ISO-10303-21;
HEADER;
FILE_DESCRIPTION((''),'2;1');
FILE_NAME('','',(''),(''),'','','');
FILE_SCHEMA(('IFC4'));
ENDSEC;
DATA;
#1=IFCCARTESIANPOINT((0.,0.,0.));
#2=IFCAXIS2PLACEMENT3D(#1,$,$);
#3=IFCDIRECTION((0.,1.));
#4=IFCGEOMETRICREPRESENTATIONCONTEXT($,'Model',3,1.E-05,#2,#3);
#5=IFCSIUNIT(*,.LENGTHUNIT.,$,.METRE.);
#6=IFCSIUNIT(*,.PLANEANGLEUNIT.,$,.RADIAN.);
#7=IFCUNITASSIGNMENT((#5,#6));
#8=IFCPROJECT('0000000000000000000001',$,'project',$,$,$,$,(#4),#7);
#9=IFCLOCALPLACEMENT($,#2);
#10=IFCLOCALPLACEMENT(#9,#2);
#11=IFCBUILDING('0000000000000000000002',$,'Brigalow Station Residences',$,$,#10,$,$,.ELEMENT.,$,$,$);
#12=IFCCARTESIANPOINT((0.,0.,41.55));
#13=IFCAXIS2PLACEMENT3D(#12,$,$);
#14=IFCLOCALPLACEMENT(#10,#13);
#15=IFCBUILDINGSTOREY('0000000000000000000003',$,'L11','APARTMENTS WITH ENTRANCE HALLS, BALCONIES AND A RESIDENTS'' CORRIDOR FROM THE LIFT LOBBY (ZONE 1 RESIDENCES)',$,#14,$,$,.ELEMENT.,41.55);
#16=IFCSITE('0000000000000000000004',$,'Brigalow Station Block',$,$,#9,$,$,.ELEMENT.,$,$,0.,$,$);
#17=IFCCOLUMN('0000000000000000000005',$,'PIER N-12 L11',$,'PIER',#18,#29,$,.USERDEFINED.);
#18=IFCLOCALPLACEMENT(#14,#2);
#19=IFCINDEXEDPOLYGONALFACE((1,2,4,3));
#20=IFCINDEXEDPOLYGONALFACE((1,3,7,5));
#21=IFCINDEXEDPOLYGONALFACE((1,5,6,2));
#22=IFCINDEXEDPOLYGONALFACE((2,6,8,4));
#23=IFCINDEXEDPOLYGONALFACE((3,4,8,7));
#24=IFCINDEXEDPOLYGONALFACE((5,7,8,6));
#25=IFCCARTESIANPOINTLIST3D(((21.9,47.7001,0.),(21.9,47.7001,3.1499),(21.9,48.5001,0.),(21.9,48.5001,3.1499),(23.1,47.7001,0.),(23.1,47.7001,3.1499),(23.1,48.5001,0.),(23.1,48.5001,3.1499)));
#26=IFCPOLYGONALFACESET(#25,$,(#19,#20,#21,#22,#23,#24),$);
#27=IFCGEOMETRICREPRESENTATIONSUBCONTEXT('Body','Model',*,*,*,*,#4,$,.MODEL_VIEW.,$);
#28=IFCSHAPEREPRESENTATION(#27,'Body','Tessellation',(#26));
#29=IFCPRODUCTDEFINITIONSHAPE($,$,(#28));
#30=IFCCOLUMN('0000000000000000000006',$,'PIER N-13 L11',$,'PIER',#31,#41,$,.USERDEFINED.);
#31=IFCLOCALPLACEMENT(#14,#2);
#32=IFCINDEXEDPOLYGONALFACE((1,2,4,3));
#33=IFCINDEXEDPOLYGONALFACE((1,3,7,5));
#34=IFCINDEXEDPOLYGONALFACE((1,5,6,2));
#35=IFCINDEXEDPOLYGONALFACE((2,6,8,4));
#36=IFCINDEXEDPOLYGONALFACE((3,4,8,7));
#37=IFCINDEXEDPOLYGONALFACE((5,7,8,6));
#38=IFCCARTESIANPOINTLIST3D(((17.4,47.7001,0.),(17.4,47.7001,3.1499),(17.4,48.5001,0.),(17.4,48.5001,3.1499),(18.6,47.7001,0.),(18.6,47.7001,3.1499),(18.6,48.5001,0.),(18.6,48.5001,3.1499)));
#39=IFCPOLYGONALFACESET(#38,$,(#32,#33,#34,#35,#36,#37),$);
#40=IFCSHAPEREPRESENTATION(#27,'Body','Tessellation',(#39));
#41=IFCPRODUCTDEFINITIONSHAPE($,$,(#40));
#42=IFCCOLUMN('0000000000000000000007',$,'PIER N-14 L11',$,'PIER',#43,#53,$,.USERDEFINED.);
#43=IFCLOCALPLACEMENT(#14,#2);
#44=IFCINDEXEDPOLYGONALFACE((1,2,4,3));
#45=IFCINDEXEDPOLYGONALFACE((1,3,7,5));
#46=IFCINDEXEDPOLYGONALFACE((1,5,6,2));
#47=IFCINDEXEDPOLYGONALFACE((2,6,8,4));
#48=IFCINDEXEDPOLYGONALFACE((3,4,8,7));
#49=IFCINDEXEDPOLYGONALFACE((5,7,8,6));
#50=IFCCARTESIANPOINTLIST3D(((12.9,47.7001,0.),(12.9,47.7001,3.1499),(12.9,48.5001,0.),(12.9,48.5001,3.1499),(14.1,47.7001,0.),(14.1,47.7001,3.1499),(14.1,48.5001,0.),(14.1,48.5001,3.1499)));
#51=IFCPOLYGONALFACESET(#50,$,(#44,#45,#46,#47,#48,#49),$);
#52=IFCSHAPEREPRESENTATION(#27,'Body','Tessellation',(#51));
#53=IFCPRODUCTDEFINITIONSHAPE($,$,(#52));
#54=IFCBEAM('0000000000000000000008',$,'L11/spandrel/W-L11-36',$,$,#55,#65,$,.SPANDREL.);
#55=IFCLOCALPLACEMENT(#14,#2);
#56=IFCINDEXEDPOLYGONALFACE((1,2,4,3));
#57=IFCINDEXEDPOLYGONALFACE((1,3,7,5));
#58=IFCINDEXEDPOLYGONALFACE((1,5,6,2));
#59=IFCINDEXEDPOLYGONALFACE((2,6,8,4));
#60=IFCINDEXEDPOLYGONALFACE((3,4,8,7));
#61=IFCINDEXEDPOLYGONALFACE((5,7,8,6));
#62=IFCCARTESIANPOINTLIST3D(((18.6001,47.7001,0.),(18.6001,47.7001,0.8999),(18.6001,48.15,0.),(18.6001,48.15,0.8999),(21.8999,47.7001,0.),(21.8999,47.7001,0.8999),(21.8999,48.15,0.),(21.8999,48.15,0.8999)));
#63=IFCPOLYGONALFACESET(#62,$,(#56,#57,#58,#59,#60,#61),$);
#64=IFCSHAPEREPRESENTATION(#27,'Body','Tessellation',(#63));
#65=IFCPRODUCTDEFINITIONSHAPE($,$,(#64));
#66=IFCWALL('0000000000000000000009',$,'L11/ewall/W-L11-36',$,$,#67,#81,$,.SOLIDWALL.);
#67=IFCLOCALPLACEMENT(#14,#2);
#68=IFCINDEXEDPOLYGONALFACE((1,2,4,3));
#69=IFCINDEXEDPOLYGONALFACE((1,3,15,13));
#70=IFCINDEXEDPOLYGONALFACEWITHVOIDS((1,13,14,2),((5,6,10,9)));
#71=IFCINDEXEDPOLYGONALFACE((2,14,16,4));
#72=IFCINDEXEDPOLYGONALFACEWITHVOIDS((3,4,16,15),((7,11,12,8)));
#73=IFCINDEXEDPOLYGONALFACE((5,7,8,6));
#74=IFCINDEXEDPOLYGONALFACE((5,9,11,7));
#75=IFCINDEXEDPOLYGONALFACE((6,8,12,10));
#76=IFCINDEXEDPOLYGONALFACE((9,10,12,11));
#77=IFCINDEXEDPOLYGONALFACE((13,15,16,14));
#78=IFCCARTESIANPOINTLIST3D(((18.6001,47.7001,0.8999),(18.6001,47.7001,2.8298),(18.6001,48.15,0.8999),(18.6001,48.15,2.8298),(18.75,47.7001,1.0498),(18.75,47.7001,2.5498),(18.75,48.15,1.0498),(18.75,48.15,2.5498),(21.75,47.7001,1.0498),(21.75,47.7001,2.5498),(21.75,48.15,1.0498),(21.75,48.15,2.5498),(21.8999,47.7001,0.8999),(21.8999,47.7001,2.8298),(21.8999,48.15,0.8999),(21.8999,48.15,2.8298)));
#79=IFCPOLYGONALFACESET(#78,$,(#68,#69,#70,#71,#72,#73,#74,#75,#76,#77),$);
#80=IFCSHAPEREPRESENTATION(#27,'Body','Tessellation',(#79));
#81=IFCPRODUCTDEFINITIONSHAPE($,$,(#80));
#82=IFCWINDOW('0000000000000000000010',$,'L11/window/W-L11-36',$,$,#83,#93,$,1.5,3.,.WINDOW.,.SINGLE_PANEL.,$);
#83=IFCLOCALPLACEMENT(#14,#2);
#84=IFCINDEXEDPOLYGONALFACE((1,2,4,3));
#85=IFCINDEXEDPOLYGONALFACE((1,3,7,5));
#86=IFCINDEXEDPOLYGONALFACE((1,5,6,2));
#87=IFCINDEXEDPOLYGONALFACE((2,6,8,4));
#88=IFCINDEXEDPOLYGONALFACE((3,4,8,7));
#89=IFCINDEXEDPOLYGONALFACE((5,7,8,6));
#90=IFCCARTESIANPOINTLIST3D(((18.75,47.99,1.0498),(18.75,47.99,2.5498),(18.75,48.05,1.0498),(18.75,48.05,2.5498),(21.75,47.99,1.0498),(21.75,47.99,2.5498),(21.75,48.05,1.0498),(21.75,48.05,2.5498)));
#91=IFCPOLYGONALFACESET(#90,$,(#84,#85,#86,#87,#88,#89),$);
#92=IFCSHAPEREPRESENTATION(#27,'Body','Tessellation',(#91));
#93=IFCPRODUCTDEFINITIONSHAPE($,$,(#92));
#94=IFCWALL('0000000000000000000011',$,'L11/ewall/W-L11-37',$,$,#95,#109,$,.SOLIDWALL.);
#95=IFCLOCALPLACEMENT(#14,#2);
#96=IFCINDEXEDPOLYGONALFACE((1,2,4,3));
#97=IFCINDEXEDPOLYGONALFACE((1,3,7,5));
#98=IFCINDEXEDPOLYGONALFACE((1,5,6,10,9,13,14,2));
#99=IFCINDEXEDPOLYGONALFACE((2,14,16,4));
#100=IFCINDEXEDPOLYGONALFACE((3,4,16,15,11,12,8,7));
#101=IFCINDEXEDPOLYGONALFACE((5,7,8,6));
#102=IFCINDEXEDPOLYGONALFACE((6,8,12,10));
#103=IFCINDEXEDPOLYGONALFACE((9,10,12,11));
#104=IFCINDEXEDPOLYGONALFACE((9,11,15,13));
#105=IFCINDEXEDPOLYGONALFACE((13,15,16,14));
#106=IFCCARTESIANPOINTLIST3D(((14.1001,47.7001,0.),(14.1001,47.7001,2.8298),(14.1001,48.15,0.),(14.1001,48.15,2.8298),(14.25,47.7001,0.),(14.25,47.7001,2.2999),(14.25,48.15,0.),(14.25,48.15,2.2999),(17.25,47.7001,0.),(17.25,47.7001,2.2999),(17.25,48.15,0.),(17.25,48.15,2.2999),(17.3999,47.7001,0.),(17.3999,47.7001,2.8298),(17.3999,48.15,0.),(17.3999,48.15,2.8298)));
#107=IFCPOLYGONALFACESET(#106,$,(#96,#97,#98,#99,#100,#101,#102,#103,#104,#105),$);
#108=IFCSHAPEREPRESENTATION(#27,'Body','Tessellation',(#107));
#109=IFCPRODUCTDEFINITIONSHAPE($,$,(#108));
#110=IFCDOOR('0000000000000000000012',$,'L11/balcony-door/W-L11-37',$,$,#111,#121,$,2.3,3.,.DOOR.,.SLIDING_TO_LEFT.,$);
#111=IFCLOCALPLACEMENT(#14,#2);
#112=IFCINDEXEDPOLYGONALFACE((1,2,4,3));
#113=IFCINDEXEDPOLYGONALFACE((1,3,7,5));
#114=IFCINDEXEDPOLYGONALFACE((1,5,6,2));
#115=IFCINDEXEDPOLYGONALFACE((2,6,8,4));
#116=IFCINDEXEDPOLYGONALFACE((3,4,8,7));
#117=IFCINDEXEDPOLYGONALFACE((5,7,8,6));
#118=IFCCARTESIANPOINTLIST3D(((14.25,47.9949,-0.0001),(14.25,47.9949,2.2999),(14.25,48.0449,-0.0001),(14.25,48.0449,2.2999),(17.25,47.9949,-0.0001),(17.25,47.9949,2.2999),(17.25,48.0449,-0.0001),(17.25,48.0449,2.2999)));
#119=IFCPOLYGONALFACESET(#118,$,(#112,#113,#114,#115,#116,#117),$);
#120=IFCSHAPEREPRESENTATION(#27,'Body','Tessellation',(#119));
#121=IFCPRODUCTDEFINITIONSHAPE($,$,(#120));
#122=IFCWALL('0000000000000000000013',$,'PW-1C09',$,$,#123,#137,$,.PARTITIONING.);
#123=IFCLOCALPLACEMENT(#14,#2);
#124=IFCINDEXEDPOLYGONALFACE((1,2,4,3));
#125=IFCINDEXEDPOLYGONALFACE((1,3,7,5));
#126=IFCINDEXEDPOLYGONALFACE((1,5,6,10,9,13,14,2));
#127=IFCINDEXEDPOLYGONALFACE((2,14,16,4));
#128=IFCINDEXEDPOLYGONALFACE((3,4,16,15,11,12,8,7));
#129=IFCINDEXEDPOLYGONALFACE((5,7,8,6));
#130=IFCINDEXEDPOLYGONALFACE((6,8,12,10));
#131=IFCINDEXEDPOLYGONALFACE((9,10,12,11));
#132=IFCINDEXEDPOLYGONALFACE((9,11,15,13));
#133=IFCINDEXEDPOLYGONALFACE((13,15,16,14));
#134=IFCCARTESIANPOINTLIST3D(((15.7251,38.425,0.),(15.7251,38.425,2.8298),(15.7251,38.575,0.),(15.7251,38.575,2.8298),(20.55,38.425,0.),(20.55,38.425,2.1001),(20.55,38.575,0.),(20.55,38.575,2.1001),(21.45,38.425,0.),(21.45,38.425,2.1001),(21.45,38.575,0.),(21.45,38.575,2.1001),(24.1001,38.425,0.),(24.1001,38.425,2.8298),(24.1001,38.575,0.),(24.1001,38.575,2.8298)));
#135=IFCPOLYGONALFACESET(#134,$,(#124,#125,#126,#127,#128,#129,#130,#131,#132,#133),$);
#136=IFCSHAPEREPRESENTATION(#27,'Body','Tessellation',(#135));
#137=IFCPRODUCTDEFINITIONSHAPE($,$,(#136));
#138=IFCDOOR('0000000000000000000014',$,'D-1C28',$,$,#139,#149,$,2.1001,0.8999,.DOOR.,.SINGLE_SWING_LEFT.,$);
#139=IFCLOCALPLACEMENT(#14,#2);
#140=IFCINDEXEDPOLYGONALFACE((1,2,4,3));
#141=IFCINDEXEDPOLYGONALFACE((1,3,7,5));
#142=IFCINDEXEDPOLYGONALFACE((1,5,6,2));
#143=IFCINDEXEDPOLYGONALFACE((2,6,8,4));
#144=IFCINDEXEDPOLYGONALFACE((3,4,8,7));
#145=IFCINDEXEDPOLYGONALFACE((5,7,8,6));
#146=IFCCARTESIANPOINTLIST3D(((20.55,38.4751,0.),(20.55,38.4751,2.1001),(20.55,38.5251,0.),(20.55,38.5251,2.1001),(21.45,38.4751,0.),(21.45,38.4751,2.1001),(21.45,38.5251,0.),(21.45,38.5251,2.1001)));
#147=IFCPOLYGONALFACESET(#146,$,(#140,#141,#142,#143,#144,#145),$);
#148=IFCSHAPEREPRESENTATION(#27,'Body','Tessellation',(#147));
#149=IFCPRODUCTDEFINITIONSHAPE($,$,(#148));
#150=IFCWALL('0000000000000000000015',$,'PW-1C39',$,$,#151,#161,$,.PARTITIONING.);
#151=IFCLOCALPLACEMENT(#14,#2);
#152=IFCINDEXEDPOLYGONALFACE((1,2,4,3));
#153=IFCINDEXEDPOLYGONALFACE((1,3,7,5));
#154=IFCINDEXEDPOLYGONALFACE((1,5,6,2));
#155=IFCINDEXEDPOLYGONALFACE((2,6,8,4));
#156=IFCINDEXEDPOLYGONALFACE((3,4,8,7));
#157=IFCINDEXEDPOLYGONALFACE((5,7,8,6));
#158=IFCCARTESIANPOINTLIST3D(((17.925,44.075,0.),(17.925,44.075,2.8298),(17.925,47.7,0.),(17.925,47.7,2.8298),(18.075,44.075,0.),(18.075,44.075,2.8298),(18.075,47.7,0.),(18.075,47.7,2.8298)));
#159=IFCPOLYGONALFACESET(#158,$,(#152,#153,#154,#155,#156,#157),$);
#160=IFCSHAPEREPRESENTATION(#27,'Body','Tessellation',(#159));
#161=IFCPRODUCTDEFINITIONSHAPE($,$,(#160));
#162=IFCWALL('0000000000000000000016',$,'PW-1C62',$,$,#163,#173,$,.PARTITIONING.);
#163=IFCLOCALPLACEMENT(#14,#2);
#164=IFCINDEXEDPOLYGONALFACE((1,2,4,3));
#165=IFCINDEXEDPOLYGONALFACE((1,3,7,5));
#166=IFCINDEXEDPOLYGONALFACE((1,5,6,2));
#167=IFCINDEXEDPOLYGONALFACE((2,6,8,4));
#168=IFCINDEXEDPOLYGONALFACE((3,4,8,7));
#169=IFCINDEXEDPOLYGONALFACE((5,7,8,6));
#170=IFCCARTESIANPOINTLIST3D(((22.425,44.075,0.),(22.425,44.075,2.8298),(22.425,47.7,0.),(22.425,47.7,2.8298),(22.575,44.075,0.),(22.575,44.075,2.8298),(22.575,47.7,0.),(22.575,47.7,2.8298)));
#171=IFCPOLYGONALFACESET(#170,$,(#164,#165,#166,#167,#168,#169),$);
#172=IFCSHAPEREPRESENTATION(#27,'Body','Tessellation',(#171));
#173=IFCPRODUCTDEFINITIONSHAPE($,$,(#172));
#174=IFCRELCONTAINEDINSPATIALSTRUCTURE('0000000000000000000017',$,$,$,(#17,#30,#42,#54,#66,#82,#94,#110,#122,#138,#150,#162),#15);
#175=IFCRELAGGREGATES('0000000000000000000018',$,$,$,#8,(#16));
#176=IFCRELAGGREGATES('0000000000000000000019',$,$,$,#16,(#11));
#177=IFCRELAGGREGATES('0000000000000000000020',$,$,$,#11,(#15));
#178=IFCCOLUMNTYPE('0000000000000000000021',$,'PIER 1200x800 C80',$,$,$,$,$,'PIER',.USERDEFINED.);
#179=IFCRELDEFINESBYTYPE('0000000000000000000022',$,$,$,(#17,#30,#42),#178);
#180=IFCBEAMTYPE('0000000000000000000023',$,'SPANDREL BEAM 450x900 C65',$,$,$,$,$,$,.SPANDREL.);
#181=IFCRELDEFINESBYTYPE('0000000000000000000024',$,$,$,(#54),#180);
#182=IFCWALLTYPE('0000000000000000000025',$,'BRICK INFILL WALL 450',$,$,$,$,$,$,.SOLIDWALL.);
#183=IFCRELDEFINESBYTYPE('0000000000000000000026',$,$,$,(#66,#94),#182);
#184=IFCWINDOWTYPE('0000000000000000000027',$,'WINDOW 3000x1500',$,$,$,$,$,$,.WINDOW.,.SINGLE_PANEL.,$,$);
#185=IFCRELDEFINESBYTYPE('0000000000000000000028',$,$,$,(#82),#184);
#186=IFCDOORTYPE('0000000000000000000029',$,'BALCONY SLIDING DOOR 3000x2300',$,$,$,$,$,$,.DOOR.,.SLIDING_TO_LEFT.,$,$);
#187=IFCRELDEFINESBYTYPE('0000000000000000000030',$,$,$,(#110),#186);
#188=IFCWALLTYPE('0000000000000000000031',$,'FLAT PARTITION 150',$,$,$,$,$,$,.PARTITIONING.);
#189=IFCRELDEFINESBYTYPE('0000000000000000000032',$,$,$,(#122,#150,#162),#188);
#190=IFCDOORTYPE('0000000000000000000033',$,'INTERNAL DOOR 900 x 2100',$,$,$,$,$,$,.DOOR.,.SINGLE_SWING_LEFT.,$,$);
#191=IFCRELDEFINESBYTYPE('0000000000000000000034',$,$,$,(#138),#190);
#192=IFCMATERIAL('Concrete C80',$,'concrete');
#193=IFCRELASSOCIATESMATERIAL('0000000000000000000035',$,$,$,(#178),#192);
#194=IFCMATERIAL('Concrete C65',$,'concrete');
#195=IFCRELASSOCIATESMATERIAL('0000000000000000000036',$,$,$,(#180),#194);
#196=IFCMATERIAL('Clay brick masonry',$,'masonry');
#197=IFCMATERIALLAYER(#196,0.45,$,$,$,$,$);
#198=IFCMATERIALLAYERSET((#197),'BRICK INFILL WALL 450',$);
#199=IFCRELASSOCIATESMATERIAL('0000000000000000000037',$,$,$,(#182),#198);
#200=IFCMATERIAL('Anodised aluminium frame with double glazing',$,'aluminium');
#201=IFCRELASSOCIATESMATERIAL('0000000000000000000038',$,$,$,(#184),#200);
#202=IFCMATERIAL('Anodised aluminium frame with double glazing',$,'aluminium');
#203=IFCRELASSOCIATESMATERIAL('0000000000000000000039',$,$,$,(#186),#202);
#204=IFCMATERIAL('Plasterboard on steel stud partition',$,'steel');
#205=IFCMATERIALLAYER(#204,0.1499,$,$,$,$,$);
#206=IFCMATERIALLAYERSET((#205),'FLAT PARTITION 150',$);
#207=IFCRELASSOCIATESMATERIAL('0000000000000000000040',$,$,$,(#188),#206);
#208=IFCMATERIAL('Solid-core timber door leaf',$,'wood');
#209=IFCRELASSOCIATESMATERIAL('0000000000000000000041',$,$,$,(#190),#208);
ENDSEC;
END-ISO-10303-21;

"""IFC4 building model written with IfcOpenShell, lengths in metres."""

from ifc_helpers import new_model, si_unit, direction, frame, frame_2d, origin, origin_2d, place, context, subcontext, project, spatial, rectangle, extrude, material, layer, layer_set, material_profile, profile_set, type_object, element, fill, save


model = new_model("IFC4")

# Units and contexts
model_context = context("Model", 3, precision=1e-05, world=origin(), true_north=direction((0.0, 1.0)))
body_context = subcontext(model_context, "Body", "Model", "MODEL_VIEW")
ifc_project = project(units=[si_unit("LENGTHUNIT", "METRE"), si_unit("PLANEANGLEUNIT", "RADIAN")], contexts=[model_context])

# Site, building, storey
site_placement = place(None, origin())
site = spatial("IfcSite", under=ifc_project, at=site_placement, Name="Brigalow Station Block", CompositionType="ELEMENT", RefElevation=0.0)
building_placement = place(site_placement, origin())
building = spatial("IfcBuilding", under=site, at=building_placement, Name="Brigalow Station Residences", CompositionType="ELEMENT")
storey_placement = place(building_placement, frame((0.0, 0.0, 41.55)))
storey = spatial("IfcBuildingStorey", under=building, at=storey_placement, Name="L11", Description="APARTMENTS WITH ENTRANCE HALLS, BALCONIES AND A RESIDENTS' CORRIDOR FROM THE LIFT LOBBY (ZONE 1 RESIDENCES)", CompositionType="ELEMENT", Elevation=41.55)

# Columns
ifc_material_1 = material(Name="Concrete C80", Category="concrete")
ifc_material_profile_1 = material_profile(ifc_material_1, rectangle(XDim=1.2, YDim=0.8, at=origin_2d()), Name="RC1200x800")
ifc_profile_set_1 = profile_set([ifc_material_profile_1], Name="Concrete C80")
column_type = type_object("IfcColumnType", Name="PIER 1200x800 C80", ElementType="PIER", PredefinedType="USERDEFINED", material=ifc_profile_set_1)
for number, where, z_axis, x_axis, name in (
    (1, (22.5, 48.1001, 0.0), (0.0, 0.0, 1.0), (-1.0, 0.0, 0.0), "PIER N-12 L11"),
    (2, (18.0, 48.1001, 0.0), (0.0, 0.0, 1.0), (-1.0, 0.0, 0.0), "PIER N-13 L11"),
    (3, (13.5, 48.1001, 0.0), (0.0, 0.0, 1.0), (-1.0, 0.0, 0.0), "PIER N-14 L11"),
):
    element("IfcColumn", number, at=place(storey_placement, frame(where, z_axis=z_axis, x_axis=x_axis)), inside=storey, type_object=column_type, Name=name, ObjectType="PIER", PredefinedType="USERDEFINED", context=body_context, shape_type="SweptSolid", body=[
        extrude(rectangle(XDim=1.2, YDim=0.8, at=origin_2d()), origin(), (0.0, 0.0, 1.0), 3.1499),
    ])

# Beam
ifc_material_2 = material(Name="Concrete C65", Category="concrete")
ifc_material_profile_2 = material_profile(ifc_material_2, rectangle(XDim=0.45, YDim=0.8999, at=origin_2d()), Name="RC450x900")
ifc_profile_set_2 = profile_set([ifc_material_profile_2], Name="Concrete C65")
beam_type = type_object("IfcBeamType", Name="SPANDREL BEAM 450x900 C65", PredefinedType="SPANDREL", material=ifc_profile_set_2)
beam_placement = place(storey_placement, frame((21.8999, 47.925, 0.45), z_axis=(-1.0, 0.0, 0.0), x_axis=(0.0, -1.0, 0.0)))
element("IfcBeam", 4, at=beam_placement, inside=storey, type_object=beam_type, Name="L11/spandrel/W-L11-36", PredefinedType="SPANDREL", context=body_context, shape_type="SweptSolid", body=[
    extrude(rectangle(XDim=0.45, YDim=0.8999, at=origin_2d()), origin(), (0.0, 0.0, 1.0), 3.2998),
])

# Wall, opening, window
ifc_material_3 = material(Name="Clay brick masonry", Category="masonry")
ifc_layer_1 = layer(ifc_material_3, 0.45)
ifc_layer_set_1 = layer_set([ifc_layer_1], Name="BRICK INFILL WALL 450")
wall_type_1 = type_object("IfcWallType", Name="BRICK INFILL WALL 450", PredefinedType="SOLIDWALL", material=ifc_layer_set_1)
wall_1_placement = place(storey_placement, frame((21.8999, 47.925, 0.8999), z_axis=(0.0, 0.0, 1.0), x_axis=(-1.0, 0.0, 0.0)))
wall_1 = element("IfcWall", 5, at=wall_1_placement, inside=storey, type_object=wall_type_1, Name="L11/ewall/W-L11-36", PredefinedType="SOLIDWALL", context=body_context, shape_type="SweptSolid", body=[
    extrude(rectangle(XDim=3.2998, YDim=0.45, at=frame_2d((1.6499, 0.0))), origin(), (0.0, 0.0, 1.0), 1.9299),
])
opening_1_placement = place(wall_1_placement, frame((0.1499, 0.0, 0.1499)))
opening_1 = element("IfcOpeningElement", 6, at=opening_1_placement, cuts=wall_1, PredefinedType="OPENING", context=body_context, shape_type="SweptSolid", body=[
    extrude(rectangle(XDim=3.0, YDim=1.5, at=frame_2d((1.5, 0.75))), frame((0.0, 0.2349, 0.0), z_axis=(0.0, -1.0, 0.0), x_axis=(1.0, 0.0, 0.0)), (0.0, 0.0, 1.0), 0.47),
])
ifc_material_4 = material(Name="Anodised aluminium frame with double glazing", Category="aluminium")
window_type = type_object("IfcWindowType", Name="WINDOW 3000x1500", PartitioningType="SINGLE_PANEL", PredefinedType="WINDOW", material=ifc_material_4)
window_placement = place(opening_1_placement, origin())
window = element("IfcWindow", 7, at=window_placement, inside=storey, type_object=window_type, Name="L11/window/W-L11-36", OverallHeight=1.5, OverallWidth=3.0, PartitioningType="SINGLE_PANEL", PredefinedType="WINDOW", context=body_context, shape_type="SweptSolid", body=[
    extrude(rectangle(XDim=3.0, YDim=1.5, at=frame_2d((1.5, 0.75))), frame((0.0, -0.0649, 0.0), z_axis=(0.0, -1.0, 0.0), x_axis=(1.0, 0.0, 0.0)), (0.0, 0.0, 1.0), 0.0601),
])
fill(opening_1, window)

# Walls, openings, doors
wall_2_placement = place(storey_placement, frame((17.3999, 47.925, 0.0), z_axis=(0.0, 0.0, 1.0), x_axis=(-1.0, 0.0, 0.0)))
wall_2 = element("IfcWall", 8, at=wall_2_placement, inside=storey, type_object=wall_type_1, Name="L11/ewall/W-L11-37", PredefinedType="SOLIDWALL", context=body_context, shape_type="SweptSolid", body=[
    extrude(rectangle(XDim=3.2998, YDim=0.45, at=frame_2d((1.6499, 0.0))), origin(), (0.0, 0.0, 1.0), 2.8298),
])
opening_2_placement = place(wall_2_placement, frame((0.1499, 0.0, 0.0)))
opening_2 = element("IfcOpeningElement", 9, at=opening_2_placement, cuts=wall_2, PredefinedType="OPENING", context=body_context, shape_type="SweptSolid", body=[
    extrude(rectangle(XDim=3.0, YDim=2.3, at=frame_2d((1.5, 1.1499))), frame((0.0, 0.2349, 0.0), z_axis=(0.0, -1.0, 0.0), x_axis=(1.0, 0.0, 0.0)), (0.0, 0.0, 1.0), 0.47),
])
ifc_material_5 = material(Name="Anodised aluminium frame with double glazing", Category="aluminium")
door_type_1 = type_object("IfcDoorType", Name="BALCONY SLIDING DOOR 3000x2300", OperationType="SLIDING_TO_LEFT", PredefinedType="DOOR", material=ifc_material_5)
door_1_placement = place(opening_2_placement, origin())
door_1 = element("IfcDoor", 10, at=door_1_placement, inside=storey, type_object=door_type_1, Name="L11/balcony-door/W-L11-37", OperationType="SLIDING_TO_LEFT", OverallHeight=2.3, OverallWidth=3.0, PredefinedType="DOOR", context=body_context, shape_type="SweptSolid", body=[
    extrude(rectangle(XDim=3.0, YDim=2.3, at=frame_2d((1.5, 1.1499))), frame((0.0, -0.0698, 0.0), z_axis=(0.0, -1.0, 0.0), x_axis=(1.0, 0.0, 0.0)), (0.0, 0.0, 1.0), 0.05),
])
fill(opening_2, door_1)
ifc_material_6 = material(Name="Plasterboard on steel stud partition", Category="steel")
ifc_layer_2 = layer(ifc_material_6, 0.1499)
ifc_layer_set_2 = layer_set([ifc_layer_2], Name="FLAT PARTITION 150")
wall_type_2 = type_object("IfcWallType", Name="FLAT PARTITION 150", PredefinedType="PARTITIONING", material=ifc_layer_set_2)
wall_3_placement = place(storey_placement, frame((15.7251, 38.5, 0.0), z_axis=(0.0, 0.0, 1.0), x_axis=(1.0, 0.0, 0.0)))
wall_3 = element("IfcWall", 11, at=wall_3_placement, inside=storey, type_object=wall_type_2, Name="PW-1C09", PredefinedType="PARTITIONING", context=body_context, shape_type="SweptSolid", body=[
    extrude(rectangle(XDim=8.375, YDim=0.1499, at=frame_2d((4.1875, 0.0))), origin(), (0.0, 0.0, 1.0), 2.8298),
])
opening_3_placement = place(wall_3_placement, frame((4.825, 0.0, 0.0)))
opening_3 = element("IfcOpeningElement", 12, at=opening_3_placement, cuts=wall_3, PredefinedType="OPENING", context=body_context, shape_type="SweptSolid", body=[
    extrude(rectangle(XDim=0.8999, YDim=2.1001, at=frame_2d((0.45, 1.05))), frame((0.0, 0.085, 0.0), z_axis=(0.0, -1.0, 0.0), x_axis=(1.0, 0.0, 0.0)), (0.0, 0.0, 1.0), 0.1699),
])
ifc_material_7 = material(Name="Solid-core timber door leaf", Category="wood")
door_type_2 = type_object("IfcDoorType", Name="INTERNAL DOOR 900 x 2100", OperationType="SINGLE_SWING_LEFT", PredefinedType="DOOR", material=ifc_material_7)
door_2_placement = place(opening_3_placement, frame((0.8999, 0.0, 0.0), z_axis=(0.0, 0.0, 1.0), x_axis=(-1.0, 0.0, 0.0)))
door_2 = element("IfcDoor", 13, at=door_2_placement, inside=storey, type_object=door_type_2, Name="D-1C28", OperationType="SINGLE_SWING_LEFT", OverallHeight=2.1001, OverallWidth=0.8999, PredefinedType="DOOR", context=body_context, shape_type="SweptSolid", body=[
    extrude(rectangle(XDim=0.8999, YDim=2.1001, at=frame_2d((0.45, 1.05))), frame((0.0, 0.0249, 0.0), z_axis=(0.0, -1.0, 0.0), x_axis=(1.0, 0.0, 0.0)), (0.0, 0.0, 1.0), 0.05),
])
fill(opening_3, door_2)

# Walls
for number, where, z_axis, x_axis, name in (
    (14, (18.0, 44.075, 0.0), (0.0, 0.0, 1.0), (0.0, 1.0, 0.0), "PW-1C39"),
    (15, (22.5, 44.075, 0.0), (0.0, 0.0, 1.0), (0.0, 1.0, 0.0), "PW-1C62"),
):
    element("IfcWall", number, at=place(storey_placement, frame(where, z_axis=z_axis, x_axis=x_axis)), inside=storey, type_object=wall_type_2, Name=name, PredefinedType="PARTITIONING", context=body_context, shape_type="SweptSolid", body=[
        extrude(rectangle(XDim=3.625, YDim=0.1499, at=frame_2d((1.8125, 0.0))), origin(), (0.0, 0.0, 1.0), 2.8298),
    ])

save(model, "model.ifc")
